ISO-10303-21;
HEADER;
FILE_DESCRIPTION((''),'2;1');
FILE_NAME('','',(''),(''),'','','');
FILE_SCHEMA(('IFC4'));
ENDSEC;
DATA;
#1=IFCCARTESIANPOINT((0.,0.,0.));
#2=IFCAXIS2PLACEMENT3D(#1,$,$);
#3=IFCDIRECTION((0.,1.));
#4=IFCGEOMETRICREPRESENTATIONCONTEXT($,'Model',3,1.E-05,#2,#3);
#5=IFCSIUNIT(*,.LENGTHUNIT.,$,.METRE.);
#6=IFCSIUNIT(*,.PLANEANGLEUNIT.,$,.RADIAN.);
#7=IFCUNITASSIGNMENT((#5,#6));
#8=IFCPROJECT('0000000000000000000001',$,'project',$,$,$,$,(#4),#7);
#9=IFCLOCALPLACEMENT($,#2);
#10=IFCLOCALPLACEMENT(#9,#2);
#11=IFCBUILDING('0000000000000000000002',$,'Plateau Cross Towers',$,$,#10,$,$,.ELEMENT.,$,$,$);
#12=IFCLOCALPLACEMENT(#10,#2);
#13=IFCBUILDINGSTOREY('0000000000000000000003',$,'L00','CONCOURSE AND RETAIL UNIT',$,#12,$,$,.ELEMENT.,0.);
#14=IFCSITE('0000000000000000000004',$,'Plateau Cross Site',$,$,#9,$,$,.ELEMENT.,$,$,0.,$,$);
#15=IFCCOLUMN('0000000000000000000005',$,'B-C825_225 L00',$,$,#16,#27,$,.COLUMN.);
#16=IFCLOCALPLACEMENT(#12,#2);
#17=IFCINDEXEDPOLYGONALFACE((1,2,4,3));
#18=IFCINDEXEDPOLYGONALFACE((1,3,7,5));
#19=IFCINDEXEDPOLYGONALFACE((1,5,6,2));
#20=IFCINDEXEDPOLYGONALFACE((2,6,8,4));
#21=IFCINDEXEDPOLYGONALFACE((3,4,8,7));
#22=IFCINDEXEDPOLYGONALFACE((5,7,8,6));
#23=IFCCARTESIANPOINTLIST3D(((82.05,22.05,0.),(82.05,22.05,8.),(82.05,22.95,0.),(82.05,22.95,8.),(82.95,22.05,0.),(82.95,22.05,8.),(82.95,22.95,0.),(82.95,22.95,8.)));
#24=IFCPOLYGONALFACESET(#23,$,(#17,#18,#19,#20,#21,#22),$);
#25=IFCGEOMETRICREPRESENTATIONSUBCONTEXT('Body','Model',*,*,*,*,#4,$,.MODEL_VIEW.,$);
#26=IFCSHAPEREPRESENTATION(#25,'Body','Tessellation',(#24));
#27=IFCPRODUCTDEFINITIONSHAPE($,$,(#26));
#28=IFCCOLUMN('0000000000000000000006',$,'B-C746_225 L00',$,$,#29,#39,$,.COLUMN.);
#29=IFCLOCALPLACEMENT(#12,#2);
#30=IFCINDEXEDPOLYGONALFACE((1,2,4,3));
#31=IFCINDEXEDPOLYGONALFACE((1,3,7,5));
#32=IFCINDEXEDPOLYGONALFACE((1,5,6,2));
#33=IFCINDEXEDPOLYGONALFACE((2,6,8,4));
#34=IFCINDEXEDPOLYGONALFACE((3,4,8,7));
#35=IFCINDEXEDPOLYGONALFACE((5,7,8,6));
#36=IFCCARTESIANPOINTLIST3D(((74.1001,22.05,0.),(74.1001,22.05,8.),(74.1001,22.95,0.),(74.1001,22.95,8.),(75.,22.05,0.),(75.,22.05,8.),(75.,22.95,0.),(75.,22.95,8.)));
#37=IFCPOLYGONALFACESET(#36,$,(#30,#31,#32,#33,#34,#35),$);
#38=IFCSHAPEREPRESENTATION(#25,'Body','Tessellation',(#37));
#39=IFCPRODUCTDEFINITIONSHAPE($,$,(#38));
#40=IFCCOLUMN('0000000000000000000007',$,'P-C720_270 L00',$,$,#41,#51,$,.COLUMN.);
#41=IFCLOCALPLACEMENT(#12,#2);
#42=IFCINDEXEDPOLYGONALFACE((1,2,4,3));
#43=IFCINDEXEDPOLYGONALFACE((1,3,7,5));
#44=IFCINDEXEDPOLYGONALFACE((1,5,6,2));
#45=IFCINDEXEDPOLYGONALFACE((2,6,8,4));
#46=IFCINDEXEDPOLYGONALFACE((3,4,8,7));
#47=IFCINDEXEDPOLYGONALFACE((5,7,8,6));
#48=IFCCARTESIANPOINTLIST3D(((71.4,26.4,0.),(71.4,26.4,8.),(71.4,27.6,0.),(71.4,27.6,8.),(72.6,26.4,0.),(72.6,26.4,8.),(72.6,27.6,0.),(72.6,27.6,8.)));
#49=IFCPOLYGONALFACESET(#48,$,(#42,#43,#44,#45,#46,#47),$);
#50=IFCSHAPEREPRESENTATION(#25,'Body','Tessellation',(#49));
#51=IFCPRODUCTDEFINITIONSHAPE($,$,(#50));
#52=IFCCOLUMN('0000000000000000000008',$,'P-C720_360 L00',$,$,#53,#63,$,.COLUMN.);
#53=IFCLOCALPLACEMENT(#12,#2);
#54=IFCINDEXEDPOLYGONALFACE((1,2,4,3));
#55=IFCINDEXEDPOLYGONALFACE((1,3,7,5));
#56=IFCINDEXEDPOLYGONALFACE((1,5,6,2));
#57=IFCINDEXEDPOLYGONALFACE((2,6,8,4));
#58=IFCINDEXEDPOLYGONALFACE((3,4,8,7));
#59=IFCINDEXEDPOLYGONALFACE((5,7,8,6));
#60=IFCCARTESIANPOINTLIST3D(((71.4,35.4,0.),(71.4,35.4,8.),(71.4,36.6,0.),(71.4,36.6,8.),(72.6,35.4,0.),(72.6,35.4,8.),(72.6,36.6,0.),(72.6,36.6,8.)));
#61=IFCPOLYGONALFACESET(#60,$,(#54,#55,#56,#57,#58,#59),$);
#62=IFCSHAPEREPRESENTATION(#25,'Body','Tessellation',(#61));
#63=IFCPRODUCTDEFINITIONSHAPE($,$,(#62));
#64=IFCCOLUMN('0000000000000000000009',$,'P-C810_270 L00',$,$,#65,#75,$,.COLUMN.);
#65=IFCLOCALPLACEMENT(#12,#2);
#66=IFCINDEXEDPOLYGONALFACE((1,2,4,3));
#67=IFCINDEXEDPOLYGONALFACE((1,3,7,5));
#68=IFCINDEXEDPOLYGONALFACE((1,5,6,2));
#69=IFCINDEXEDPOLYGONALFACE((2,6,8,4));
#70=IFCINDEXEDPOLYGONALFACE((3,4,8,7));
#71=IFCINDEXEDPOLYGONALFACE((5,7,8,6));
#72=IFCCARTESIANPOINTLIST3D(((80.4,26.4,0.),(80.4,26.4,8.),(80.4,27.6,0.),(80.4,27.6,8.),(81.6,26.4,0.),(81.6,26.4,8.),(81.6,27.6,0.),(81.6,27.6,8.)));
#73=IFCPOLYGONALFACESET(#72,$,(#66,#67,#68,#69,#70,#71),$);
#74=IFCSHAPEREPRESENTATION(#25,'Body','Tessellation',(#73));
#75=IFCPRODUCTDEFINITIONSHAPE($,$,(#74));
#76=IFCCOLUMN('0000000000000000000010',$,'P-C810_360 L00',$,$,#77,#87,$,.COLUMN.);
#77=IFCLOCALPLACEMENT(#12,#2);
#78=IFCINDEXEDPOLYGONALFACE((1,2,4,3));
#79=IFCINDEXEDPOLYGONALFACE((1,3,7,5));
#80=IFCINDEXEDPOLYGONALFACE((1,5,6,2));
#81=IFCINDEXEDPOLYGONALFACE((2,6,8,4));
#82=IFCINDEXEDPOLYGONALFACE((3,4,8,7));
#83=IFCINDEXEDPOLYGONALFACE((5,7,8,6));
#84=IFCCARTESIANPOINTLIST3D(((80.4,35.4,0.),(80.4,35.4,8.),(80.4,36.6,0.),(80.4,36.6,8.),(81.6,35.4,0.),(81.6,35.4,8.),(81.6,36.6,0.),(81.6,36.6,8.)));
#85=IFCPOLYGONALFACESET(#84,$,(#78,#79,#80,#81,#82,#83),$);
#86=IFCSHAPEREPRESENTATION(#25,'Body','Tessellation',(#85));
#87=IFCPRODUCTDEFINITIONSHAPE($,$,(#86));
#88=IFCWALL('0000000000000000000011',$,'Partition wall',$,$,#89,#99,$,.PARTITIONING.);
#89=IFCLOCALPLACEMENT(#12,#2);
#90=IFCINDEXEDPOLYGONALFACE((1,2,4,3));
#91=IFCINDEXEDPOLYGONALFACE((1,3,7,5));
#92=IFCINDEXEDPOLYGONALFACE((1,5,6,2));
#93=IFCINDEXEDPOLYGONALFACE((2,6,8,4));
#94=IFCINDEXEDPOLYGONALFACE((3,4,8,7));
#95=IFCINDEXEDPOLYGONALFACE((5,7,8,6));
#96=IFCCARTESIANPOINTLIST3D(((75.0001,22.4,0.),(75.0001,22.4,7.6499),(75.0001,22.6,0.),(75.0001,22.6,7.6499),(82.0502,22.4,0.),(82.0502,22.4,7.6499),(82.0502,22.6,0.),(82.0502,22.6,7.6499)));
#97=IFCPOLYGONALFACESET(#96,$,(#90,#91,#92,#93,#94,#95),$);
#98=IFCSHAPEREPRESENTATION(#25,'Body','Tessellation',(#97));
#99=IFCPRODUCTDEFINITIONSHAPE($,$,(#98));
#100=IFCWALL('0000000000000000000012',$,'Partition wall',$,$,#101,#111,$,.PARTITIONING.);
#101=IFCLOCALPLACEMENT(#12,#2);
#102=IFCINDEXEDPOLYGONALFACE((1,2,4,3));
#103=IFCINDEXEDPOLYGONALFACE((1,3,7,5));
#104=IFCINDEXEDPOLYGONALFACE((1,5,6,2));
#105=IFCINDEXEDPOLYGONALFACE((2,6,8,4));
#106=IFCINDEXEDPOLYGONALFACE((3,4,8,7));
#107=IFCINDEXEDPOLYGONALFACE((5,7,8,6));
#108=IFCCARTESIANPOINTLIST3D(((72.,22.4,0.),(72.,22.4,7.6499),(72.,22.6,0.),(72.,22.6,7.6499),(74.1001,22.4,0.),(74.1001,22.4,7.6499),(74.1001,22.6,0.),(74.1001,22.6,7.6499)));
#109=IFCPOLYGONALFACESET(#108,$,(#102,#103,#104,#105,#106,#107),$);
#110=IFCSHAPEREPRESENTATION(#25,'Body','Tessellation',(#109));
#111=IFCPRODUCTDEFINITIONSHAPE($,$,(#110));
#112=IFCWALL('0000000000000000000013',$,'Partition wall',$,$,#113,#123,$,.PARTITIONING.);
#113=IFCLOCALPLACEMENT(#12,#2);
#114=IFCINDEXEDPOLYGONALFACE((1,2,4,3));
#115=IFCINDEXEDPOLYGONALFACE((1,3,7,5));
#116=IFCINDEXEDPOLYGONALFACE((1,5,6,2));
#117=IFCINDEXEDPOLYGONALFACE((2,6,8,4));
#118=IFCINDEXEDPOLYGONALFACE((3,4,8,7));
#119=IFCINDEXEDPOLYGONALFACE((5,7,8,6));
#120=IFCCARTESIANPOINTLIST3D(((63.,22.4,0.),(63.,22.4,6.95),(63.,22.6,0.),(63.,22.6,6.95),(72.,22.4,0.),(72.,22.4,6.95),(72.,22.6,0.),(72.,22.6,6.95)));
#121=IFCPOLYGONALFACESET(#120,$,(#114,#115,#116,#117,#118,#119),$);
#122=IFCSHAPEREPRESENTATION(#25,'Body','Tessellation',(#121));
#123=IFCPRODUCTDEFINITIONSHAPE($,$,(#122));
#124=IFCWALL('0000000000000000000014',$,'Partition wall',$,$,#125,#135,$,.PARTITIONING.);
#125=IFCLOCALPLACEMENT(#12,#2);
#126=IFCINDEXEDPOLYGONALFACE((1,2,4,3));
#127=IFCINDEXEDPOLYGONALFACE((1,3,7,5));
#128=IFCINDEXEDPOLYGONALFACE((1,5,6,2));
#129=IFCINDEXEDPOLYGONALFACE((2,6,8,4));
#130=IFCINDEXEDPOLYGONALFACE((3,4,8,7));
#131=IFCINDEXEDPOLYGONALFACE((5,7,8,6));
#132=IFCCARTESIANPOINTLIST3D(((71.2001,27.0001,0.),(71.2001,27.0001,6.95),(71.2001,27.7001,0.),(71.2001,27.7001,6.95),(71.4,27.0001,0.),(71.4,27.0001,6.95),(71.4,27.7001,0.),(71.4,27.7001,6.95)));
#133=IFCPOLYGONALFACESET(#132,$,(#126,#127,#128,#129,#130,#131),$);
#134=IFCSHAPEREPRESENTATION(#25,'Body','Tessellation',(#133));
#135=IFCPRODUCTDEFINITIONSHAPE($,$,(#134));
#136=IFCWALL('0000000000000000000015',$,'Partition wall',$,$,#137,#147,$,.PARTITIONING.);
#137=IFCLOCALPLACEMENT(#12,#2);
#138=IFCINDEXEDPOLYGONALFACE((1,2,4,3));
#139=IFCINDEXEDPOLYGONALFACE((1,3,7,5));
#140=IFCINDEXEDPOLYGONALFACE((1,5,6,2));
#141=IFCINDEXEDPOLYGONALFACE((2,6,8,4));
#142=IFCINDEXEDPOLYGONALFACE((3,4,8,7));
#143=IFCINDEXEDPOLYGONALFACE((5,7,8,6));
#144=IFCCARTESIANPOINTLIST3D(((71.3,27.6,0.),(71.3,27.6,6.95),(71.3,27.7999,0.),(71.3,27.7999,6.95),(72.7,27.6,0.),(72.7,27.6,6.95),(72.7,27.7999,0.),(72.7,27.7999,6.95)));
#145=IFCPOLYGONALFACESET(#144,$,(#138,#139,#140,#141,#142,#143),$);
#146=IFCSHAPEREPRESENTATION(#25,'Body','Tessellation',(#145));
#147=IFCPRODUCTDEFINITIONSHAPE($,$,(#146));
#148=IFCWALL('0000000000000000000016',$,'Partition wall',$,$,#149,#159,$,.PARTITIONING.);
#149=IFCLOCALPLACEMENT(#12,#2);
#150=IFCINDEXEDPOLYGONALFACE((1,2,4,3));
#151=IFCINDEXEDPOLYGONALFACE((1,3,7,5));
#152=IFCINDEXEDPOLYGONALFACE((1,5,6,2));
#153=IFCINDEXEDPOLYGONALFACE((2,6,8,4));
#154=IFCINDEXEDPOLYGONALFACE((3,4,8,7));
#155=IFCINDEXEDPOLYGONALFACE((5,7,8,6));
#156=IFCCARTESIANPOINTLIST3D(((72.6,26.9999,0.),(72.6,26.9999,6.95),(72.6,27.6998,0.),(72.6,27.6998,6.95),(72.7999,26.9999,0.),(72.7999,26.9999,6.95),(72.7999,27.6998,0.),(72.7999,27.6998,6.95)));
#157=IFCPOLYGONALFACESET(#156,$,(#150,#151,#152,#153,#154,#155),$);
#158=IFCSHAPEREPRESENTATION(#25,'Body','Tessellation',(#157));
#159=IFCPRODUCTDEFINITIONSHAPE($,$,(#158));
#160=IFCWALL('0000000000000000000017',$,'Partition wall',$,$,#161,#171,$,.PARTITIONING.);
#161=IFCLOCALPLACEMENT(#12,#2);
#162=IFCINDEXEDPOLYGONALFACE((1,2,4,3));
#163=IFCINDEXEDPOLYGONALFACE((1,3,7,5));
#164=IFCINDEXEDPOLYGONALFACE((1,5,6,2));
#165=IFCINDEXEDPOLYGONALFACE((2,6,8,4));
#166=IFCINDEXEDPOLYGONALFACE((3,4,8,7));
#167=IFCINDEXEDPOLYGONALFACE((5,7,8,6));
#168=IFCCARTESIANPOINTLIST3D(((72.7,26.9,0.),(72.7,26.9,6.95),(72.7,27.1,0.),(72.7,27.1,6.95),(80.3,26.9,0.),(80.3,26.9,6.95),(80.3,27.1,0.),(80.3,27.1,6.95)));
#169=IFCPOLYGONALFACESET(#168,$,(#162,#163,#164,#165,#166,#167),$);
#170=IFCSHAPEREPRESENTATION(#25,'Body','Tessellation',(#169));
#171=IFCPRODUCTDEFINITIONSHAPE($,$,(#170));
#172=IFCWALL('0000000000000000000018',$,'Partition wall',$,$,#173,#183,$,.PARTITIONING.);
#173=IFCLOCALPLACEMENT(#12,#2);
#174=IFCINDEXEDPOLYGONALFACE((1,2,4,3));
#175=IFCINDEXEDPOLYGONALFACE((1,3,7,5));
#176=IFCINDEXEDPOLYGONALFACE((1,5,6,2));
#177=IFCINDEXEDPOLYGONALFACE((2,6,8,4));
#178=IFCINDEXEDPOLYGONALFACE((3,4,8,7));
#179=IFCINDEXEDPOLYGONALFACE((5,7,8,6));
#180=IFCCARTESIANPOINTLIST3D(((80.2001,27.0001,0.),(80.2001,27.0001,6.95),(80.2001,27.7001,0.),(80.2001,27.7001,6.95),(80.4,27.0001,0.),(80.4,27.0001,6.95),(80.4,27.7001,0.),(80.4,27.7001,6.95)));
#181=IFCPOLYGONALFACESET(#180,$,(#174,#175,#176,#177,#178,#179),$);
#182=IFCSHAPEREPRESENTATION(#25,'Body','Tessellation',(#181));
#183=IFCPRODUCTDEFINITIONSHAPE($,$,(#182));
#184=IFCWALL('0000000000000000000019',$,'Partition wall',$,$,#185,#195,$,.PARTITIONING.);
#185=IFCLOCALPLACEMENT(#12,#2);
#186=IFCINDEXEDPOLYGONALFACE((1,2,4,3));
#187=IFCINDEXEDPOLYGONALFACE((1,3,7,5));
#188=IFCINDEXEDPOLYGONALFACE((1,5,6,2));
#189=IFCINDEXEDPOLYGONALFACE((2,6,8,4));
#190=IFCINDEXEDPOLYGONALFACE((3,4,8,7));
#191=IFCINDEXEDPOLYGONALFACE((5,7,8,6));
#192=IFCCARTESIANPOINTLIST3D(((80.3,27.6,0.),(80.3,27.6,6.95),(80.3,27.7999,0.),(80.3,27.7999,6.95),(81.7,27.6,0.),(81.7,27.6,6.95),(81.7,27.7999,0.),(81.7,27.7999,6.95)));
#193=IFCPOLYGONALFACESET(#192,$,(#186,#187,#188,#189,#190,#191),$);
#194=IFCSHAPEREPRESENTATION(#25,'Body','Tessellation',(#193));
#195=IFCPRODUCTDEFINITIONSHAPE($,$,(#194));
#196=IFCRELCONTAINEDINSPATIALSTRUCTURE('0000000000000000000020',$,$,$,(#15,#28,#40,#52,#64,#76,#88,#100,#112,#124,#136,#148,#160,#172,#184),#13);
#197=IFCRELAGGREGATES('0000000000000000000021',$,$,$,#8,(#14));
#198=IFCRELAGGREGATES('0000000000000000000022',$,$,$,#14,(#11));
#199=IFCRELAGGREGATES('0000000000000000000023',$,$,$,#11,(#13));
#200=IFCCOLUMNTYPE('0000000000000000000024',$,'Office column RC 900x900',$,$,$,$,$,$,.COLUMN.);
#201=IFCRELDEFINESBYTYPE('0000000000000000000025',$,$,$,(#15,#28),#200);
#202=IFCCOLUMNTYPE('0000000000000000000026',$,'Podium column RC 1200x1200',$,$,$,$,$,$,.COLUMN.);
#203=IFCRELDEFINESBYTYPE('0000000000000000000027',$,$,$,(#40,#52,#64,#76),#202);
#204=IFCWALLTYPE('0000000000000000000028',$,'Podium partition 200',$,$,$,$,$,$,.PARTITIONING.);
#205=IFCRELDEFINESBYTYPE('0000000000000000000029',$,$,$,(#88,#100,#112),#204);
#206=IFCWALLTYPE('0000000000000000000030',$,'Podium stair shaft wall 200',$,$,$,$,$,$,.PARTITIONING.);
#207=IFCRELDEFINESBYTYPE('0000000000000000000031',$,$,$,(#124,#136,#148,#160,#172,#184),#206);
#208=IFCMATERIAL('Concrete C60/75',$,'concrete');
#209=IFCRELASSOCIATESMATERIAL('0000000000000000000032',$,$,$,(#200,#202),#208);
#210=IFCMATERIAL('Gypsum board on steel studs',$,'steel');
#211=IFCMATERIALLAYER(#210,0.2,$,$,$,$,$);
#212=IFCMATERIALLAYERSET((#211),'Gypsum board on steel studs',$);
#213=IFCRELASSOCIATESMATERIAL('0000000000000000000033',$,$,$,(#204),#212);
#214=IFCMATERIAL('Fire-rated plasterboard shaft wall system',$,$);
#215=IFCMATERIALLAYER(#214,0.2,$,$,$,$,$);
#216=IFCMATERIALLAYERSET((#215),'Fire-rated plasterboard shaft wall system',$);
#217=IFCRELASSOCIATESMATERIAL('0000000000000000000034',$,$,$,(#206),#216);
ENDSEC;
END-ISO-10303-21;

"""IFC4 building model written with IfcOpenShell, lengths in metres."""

from ifc_helpers import new_model, si_unit, direction, frame, frame_2d, origin, origin_2d, place, context, subcontext, project, spatial, rectangle, extrude, material, layer, layer_set, material_profile, profile_set, type_object, element, save


model = new_model("IFC4")

# Units and contexts
model_context = context("Model", 3, precision=1e-05, world=origin(), true_north=direction((0.0, 1.0)))
body_context = subcontext(model_context, "Body", "Model", "MODEL_VIEW")
ifc_project = project(units=[si_unit("LENGTHUNIT", "METRE"), si_unit("PLANEANGLEUNIT", "RADIAN")], contexts=[model_context])

# Site, building, storey
site_placement = place(None, origin())
site = spatial("IfcSite", under=ifc_project, at=site_placement, Name="Plateau Cross Site", CompositionType="ELEMENT", RefElevation=0.0)
building_placement = place(site_placement, origin())
building = spatial("IfcBuilding", under=site, at=building_placement, Name="Plateau Cross Towers", CompositionType="ELEMENT")
storey_placement = place(building_placement, origin())
storey = spatial("IfcBuildingStorey", under=building, at=storey_placement, Name="L00", Description="CONCOURSE AND RETAIL UNIT", CompositionType="ELEMENT", Elevation=0.0)

# Columns
ifc_material_1 = material(Name="Concrete C60/75", Category="concrete")
ifc_material_profile_1 = material_profile(ifc_material_1, rectangle(XDim=0.8999, YDim=0.8999, at=origin_2d()), Name="RC 900x900")
ifc_profile_set_1 = profile_set([ifc_material_profile_1], Name="Concrete C60/75")
column_type_1 = type_object("IfcColumnType", Name="Office column RC 900x900", PredefinedType="COLUMN", material=ifc_profile_set_1)
for number, where, z_axis, x_axis, name in (
    (1, (82.5, 22.5, 0.0), (0.0, 0.0, 1.0), (1.0, 0.0, 0.0), "B-C825_225 L00"),
    (2, (74.55, 22.5, 0.0), (0.0, 0.0, 1.0), (1.0, 0.0, 0.0), "B-C746_225 L00"),
):
    element("IfcColumn", number, at=place(storey_placement, frame(where, z_axis=z_axis, x_axis=x_axis)), inside=storey, type_object=column_type_1, Name=name, PredefinedType="COLUMN", context=body_context, shape_type="SweptSolid", body=[
        extrude(rectangle(XDim=0.8999, YDim=0.8999, at=origin_2d()), origin(), (0.0, 0.0, 1.0), 8.0),
    ])
ifc_material_profile_2 = material_profile(ifc_material_1, rectangle(XDim=1.2, YDim=1.2, at=origin_2d()), Name="RC 1200x1200")
ifc_profile_set_2 = profile_set([ifc_material_profile_2], Name="Concrete C60/75")
column_type_2 = type_object("IfcColumnType", Name="Podium column RC 1200x1200", PredefinedType="COLUMN", material=ifc_profile_set_2)
for number, where, z_axis, x_axis, name in (
    (3, (72.0, 27.0, 0.0), (0.0, 0.0, 1.0), (1.0, 0.0, 0.0), "P-C720_270 L00"),
    (4, (72.0, 36.0, 0.0), (0.0, 0.0, 1.0), (1.0, 0.0, 0.0), "P-C720_360 L00"),
    (5, (81.0, 27.0, 0.0), (0.0, 0.0, 1.0), (1.0, 0.0, 0.0), "P-C810_270 L00"),
    (6, (81.0, 36.0, 0.0), (0.0, 0.0, 1.0), (1.0, 0.0, 0.0), "P-C810_360 L00"),
):
    element("IfcColumn", number, at=place(storey_placement, frame(where, z_axis=z_axis, x_axis=x_axis)), inside=storey, type_object=column_type_2, Name=name, PredefinedType="COLUMN", context=body_context, shape_type="SweptSolid", body=[
        extrude(rectangle(XDim=1.2, YDim=1.2, at=origin_2d()), origin(), (0.0, 0.0, 1.0), 8.0),
    ])

# Walls
ifc_material_2 = material(Name="Gypsum board on steel studs", Category="steel")
ifc_layer_1 = layer(ifc_material_2, 0.2)
ifc_layer_set_1 = layer_set([ifc_layer_1], Name="Gypsum board on steel studs")
wall_type_1 = type_object("IfcWallType", Name="Podium partition 200", PredefinedType="PARTITIONING", material=ifc_layer_set_1)
wall_1_placement = place(storey_placement, frame((82.05, 22.5, 0.0), z_axis=(0.0, 0.0, 1.0), x_axis=(-1.0, 0.0, 0.0)))
element("IfcWall", 7, at=wall_1_placement, inside=storey, type_object=wall_type_1, Name="Partition wall", PredefinedType="PARTITIONING", context=body_context, shape_type="SweptSolid", body=[
    extrude(rectangle(XDim=7.05, YDim=0.2, at=frame_2d((3.5249, 0.0))), origin(), (0.0, 0.0, 1.0), 7.6499),
])
wall_2_placement = place(storey_placement, frame((74.1001, 22.5, 0.0), z_axis=(0.0, 0.0, 1.0), x_axis=(-1.0, 0.0, 0.0)))
element("IfcWall", 8, at=wall_2_placement, inside=storey, type_object=wall_type_1, Name="Partition wall", PredefinedType="PARTITIONING", context=body_context, shape_type="SweptSolid", body=[
    extrude(rectangle(XDim=2.1001, YDim=0.2, at=frame_2d((1.05, 0.0))), origin(), (0.0, 0.0, 1.0), 7.6499),
])
wall_3_placement = place(storey_placement, frame((72.0, 22.5, 0.0), z_axis=(0.0, 0.0, 1.0), x_axis=(-1.0, 0.0, 0.0)))
element("IfcWall", 9, at=wall_3_placement, inside=storey, type_object=wall_type_1, Name="Partition wall", PredefinedType="PARTITIONING", context=body_context, shape_type="SweptSolid", body=[
    extrude(rectangle(XDim=9.0, YDim=0.2, at=frame_2d((4.5, 0.0))), origin(), (0.0, 0.0, 1.0), 6.95),
])
ifc_material_3 = material(Name="Fire-rated plasterboard shaft wall system")
ifc_layer_2 = layer(ifc_material_3, 0.2)
ifc_layer_set_2 = layer_set([ifc_layer_2], Name="Fire-rated plasterboard shaft wall system")
wall_type_2 = type_object("IfcWallType", Name="Podium stair shaft wall 200", PredefinedType="PARTITIONING", material=ifc_layer_set_2)
wall_4_placement = place(storey_placement, frame((71.3, 27.0, 0.0), z_axis=(0.0, 0.0, 1.0), x_axis=(0.0, 1.0, 0.0)))
element("IfcWall", 10, at=wall_4_placement, inside=storey, type_object=wall_type_2, Name="Partition wall", PredefinedType="PARTITIONING", context=body_context, shape_type="SweptSolid", body=[
    extrude(rectangle(XDim=0.7, YDim=0.2, at=frame_2d((0.3501, 0.0))), origin(), (0.0, 0.0, 1.0), 6.95),
])
wall_5_placement = place(storey_placement, frame((71.3, 27.7, 0.0), z_axis=(0.0, 0.0, 1.0), x_axis=(1.0, 0.0, 0.0)))
element("IfcWall", 11, at=wall_5_placement, inside=storey, type_object=wall_type_2, Name="Partition wall", PredefinedType="PARTITIONING", context=body_context, shape_type="SweptSolid", body=[
    extrude(rectangle(XDim=1.3999, YDim=0.2, at=frame_2d((0.7, 0.0))), origin(), (0.0, 0.0, 1.0), 6.95),
])
wall_6_placement = place(storey_placement, frame((72.7, 27.7, 0.0), z_axis=(0.0, 0.0, 1.0), x_axis=(0.0, -1.0, 0.0)))
element("IfcWall", 12, at=wall_6_placement, inside=storey, type_object=wall_type_2, Name="Partition wall", PredefinedType="PARTITIONING", context=body_context, shape_type="SweptSolid", body=[
    extrude(rectangle(XDim=0.7, YDim=0.2, at=frame_2d((0.3501, 0.0))), origin(), (0.0, 0.0, 1.0), 6.95),
])
wall_7_placement = place(storey_placement, frame((72.7, 27.0, 0.0), z_axis=(0.0, 0.0, 1.0), x_axis=(1.0, 0.0, 0.0)))
element("IfcWall", 13, at=wall_7_placement, inside=storey, type_object=wall_type_2, Name="Partition wall", PredefinedType="PARTITIONING", context=body_context, shape_type="SweptSolid", body=[
    extrude(rectangle(XDim=7.6001, YDim=0.2, at=frame_2d((3.8, 0.0))), origin(), (0.0, 0.0, 1.0), 6.95),
])
wall_8_placement = place(storey_placement, frame((80.3, 27.0, 0.0), z_axis=(0.0, 0.0, 1.0), x_axis=(0.0, 1.0, 0.0)))
element("IfcWall", 14, at=wall_8_placement, inside=storey, type_object=wall_type_2, Name="Partition wall", PredefinedType="PARTITIONING", context=body_context, shape_type="SweptSolid", body=[
    extrude(rectangle(XDim=0.7, YDim=0.2, at=frame_2d((0.3501, 0.0))), origin(), (0.0, 0.0, 1.0), 6.95),
])
wall_9_placement = place(storey_placement, frame((80.3, 27.7, 0.0), z_axis=(0.0, 0.0, 1.0), x_axis=(1.0, 0.0, 0.0)))
element("IfcWall", 15, at=wall_9_placement, inside=storey, type_object=wall_type_2, Name="Partition wall", PredefinedType="PARTITIONING", context=body_context, shape_type="SweptSolid", body=[
    extrude(rectangle(XDim=1.3999, YDim=0.2, at=frame_2d((0.7, 0.0))), origin(), (0.0, 0.0, 1.0), 6.95),
])

save(model, "model.ifc")
